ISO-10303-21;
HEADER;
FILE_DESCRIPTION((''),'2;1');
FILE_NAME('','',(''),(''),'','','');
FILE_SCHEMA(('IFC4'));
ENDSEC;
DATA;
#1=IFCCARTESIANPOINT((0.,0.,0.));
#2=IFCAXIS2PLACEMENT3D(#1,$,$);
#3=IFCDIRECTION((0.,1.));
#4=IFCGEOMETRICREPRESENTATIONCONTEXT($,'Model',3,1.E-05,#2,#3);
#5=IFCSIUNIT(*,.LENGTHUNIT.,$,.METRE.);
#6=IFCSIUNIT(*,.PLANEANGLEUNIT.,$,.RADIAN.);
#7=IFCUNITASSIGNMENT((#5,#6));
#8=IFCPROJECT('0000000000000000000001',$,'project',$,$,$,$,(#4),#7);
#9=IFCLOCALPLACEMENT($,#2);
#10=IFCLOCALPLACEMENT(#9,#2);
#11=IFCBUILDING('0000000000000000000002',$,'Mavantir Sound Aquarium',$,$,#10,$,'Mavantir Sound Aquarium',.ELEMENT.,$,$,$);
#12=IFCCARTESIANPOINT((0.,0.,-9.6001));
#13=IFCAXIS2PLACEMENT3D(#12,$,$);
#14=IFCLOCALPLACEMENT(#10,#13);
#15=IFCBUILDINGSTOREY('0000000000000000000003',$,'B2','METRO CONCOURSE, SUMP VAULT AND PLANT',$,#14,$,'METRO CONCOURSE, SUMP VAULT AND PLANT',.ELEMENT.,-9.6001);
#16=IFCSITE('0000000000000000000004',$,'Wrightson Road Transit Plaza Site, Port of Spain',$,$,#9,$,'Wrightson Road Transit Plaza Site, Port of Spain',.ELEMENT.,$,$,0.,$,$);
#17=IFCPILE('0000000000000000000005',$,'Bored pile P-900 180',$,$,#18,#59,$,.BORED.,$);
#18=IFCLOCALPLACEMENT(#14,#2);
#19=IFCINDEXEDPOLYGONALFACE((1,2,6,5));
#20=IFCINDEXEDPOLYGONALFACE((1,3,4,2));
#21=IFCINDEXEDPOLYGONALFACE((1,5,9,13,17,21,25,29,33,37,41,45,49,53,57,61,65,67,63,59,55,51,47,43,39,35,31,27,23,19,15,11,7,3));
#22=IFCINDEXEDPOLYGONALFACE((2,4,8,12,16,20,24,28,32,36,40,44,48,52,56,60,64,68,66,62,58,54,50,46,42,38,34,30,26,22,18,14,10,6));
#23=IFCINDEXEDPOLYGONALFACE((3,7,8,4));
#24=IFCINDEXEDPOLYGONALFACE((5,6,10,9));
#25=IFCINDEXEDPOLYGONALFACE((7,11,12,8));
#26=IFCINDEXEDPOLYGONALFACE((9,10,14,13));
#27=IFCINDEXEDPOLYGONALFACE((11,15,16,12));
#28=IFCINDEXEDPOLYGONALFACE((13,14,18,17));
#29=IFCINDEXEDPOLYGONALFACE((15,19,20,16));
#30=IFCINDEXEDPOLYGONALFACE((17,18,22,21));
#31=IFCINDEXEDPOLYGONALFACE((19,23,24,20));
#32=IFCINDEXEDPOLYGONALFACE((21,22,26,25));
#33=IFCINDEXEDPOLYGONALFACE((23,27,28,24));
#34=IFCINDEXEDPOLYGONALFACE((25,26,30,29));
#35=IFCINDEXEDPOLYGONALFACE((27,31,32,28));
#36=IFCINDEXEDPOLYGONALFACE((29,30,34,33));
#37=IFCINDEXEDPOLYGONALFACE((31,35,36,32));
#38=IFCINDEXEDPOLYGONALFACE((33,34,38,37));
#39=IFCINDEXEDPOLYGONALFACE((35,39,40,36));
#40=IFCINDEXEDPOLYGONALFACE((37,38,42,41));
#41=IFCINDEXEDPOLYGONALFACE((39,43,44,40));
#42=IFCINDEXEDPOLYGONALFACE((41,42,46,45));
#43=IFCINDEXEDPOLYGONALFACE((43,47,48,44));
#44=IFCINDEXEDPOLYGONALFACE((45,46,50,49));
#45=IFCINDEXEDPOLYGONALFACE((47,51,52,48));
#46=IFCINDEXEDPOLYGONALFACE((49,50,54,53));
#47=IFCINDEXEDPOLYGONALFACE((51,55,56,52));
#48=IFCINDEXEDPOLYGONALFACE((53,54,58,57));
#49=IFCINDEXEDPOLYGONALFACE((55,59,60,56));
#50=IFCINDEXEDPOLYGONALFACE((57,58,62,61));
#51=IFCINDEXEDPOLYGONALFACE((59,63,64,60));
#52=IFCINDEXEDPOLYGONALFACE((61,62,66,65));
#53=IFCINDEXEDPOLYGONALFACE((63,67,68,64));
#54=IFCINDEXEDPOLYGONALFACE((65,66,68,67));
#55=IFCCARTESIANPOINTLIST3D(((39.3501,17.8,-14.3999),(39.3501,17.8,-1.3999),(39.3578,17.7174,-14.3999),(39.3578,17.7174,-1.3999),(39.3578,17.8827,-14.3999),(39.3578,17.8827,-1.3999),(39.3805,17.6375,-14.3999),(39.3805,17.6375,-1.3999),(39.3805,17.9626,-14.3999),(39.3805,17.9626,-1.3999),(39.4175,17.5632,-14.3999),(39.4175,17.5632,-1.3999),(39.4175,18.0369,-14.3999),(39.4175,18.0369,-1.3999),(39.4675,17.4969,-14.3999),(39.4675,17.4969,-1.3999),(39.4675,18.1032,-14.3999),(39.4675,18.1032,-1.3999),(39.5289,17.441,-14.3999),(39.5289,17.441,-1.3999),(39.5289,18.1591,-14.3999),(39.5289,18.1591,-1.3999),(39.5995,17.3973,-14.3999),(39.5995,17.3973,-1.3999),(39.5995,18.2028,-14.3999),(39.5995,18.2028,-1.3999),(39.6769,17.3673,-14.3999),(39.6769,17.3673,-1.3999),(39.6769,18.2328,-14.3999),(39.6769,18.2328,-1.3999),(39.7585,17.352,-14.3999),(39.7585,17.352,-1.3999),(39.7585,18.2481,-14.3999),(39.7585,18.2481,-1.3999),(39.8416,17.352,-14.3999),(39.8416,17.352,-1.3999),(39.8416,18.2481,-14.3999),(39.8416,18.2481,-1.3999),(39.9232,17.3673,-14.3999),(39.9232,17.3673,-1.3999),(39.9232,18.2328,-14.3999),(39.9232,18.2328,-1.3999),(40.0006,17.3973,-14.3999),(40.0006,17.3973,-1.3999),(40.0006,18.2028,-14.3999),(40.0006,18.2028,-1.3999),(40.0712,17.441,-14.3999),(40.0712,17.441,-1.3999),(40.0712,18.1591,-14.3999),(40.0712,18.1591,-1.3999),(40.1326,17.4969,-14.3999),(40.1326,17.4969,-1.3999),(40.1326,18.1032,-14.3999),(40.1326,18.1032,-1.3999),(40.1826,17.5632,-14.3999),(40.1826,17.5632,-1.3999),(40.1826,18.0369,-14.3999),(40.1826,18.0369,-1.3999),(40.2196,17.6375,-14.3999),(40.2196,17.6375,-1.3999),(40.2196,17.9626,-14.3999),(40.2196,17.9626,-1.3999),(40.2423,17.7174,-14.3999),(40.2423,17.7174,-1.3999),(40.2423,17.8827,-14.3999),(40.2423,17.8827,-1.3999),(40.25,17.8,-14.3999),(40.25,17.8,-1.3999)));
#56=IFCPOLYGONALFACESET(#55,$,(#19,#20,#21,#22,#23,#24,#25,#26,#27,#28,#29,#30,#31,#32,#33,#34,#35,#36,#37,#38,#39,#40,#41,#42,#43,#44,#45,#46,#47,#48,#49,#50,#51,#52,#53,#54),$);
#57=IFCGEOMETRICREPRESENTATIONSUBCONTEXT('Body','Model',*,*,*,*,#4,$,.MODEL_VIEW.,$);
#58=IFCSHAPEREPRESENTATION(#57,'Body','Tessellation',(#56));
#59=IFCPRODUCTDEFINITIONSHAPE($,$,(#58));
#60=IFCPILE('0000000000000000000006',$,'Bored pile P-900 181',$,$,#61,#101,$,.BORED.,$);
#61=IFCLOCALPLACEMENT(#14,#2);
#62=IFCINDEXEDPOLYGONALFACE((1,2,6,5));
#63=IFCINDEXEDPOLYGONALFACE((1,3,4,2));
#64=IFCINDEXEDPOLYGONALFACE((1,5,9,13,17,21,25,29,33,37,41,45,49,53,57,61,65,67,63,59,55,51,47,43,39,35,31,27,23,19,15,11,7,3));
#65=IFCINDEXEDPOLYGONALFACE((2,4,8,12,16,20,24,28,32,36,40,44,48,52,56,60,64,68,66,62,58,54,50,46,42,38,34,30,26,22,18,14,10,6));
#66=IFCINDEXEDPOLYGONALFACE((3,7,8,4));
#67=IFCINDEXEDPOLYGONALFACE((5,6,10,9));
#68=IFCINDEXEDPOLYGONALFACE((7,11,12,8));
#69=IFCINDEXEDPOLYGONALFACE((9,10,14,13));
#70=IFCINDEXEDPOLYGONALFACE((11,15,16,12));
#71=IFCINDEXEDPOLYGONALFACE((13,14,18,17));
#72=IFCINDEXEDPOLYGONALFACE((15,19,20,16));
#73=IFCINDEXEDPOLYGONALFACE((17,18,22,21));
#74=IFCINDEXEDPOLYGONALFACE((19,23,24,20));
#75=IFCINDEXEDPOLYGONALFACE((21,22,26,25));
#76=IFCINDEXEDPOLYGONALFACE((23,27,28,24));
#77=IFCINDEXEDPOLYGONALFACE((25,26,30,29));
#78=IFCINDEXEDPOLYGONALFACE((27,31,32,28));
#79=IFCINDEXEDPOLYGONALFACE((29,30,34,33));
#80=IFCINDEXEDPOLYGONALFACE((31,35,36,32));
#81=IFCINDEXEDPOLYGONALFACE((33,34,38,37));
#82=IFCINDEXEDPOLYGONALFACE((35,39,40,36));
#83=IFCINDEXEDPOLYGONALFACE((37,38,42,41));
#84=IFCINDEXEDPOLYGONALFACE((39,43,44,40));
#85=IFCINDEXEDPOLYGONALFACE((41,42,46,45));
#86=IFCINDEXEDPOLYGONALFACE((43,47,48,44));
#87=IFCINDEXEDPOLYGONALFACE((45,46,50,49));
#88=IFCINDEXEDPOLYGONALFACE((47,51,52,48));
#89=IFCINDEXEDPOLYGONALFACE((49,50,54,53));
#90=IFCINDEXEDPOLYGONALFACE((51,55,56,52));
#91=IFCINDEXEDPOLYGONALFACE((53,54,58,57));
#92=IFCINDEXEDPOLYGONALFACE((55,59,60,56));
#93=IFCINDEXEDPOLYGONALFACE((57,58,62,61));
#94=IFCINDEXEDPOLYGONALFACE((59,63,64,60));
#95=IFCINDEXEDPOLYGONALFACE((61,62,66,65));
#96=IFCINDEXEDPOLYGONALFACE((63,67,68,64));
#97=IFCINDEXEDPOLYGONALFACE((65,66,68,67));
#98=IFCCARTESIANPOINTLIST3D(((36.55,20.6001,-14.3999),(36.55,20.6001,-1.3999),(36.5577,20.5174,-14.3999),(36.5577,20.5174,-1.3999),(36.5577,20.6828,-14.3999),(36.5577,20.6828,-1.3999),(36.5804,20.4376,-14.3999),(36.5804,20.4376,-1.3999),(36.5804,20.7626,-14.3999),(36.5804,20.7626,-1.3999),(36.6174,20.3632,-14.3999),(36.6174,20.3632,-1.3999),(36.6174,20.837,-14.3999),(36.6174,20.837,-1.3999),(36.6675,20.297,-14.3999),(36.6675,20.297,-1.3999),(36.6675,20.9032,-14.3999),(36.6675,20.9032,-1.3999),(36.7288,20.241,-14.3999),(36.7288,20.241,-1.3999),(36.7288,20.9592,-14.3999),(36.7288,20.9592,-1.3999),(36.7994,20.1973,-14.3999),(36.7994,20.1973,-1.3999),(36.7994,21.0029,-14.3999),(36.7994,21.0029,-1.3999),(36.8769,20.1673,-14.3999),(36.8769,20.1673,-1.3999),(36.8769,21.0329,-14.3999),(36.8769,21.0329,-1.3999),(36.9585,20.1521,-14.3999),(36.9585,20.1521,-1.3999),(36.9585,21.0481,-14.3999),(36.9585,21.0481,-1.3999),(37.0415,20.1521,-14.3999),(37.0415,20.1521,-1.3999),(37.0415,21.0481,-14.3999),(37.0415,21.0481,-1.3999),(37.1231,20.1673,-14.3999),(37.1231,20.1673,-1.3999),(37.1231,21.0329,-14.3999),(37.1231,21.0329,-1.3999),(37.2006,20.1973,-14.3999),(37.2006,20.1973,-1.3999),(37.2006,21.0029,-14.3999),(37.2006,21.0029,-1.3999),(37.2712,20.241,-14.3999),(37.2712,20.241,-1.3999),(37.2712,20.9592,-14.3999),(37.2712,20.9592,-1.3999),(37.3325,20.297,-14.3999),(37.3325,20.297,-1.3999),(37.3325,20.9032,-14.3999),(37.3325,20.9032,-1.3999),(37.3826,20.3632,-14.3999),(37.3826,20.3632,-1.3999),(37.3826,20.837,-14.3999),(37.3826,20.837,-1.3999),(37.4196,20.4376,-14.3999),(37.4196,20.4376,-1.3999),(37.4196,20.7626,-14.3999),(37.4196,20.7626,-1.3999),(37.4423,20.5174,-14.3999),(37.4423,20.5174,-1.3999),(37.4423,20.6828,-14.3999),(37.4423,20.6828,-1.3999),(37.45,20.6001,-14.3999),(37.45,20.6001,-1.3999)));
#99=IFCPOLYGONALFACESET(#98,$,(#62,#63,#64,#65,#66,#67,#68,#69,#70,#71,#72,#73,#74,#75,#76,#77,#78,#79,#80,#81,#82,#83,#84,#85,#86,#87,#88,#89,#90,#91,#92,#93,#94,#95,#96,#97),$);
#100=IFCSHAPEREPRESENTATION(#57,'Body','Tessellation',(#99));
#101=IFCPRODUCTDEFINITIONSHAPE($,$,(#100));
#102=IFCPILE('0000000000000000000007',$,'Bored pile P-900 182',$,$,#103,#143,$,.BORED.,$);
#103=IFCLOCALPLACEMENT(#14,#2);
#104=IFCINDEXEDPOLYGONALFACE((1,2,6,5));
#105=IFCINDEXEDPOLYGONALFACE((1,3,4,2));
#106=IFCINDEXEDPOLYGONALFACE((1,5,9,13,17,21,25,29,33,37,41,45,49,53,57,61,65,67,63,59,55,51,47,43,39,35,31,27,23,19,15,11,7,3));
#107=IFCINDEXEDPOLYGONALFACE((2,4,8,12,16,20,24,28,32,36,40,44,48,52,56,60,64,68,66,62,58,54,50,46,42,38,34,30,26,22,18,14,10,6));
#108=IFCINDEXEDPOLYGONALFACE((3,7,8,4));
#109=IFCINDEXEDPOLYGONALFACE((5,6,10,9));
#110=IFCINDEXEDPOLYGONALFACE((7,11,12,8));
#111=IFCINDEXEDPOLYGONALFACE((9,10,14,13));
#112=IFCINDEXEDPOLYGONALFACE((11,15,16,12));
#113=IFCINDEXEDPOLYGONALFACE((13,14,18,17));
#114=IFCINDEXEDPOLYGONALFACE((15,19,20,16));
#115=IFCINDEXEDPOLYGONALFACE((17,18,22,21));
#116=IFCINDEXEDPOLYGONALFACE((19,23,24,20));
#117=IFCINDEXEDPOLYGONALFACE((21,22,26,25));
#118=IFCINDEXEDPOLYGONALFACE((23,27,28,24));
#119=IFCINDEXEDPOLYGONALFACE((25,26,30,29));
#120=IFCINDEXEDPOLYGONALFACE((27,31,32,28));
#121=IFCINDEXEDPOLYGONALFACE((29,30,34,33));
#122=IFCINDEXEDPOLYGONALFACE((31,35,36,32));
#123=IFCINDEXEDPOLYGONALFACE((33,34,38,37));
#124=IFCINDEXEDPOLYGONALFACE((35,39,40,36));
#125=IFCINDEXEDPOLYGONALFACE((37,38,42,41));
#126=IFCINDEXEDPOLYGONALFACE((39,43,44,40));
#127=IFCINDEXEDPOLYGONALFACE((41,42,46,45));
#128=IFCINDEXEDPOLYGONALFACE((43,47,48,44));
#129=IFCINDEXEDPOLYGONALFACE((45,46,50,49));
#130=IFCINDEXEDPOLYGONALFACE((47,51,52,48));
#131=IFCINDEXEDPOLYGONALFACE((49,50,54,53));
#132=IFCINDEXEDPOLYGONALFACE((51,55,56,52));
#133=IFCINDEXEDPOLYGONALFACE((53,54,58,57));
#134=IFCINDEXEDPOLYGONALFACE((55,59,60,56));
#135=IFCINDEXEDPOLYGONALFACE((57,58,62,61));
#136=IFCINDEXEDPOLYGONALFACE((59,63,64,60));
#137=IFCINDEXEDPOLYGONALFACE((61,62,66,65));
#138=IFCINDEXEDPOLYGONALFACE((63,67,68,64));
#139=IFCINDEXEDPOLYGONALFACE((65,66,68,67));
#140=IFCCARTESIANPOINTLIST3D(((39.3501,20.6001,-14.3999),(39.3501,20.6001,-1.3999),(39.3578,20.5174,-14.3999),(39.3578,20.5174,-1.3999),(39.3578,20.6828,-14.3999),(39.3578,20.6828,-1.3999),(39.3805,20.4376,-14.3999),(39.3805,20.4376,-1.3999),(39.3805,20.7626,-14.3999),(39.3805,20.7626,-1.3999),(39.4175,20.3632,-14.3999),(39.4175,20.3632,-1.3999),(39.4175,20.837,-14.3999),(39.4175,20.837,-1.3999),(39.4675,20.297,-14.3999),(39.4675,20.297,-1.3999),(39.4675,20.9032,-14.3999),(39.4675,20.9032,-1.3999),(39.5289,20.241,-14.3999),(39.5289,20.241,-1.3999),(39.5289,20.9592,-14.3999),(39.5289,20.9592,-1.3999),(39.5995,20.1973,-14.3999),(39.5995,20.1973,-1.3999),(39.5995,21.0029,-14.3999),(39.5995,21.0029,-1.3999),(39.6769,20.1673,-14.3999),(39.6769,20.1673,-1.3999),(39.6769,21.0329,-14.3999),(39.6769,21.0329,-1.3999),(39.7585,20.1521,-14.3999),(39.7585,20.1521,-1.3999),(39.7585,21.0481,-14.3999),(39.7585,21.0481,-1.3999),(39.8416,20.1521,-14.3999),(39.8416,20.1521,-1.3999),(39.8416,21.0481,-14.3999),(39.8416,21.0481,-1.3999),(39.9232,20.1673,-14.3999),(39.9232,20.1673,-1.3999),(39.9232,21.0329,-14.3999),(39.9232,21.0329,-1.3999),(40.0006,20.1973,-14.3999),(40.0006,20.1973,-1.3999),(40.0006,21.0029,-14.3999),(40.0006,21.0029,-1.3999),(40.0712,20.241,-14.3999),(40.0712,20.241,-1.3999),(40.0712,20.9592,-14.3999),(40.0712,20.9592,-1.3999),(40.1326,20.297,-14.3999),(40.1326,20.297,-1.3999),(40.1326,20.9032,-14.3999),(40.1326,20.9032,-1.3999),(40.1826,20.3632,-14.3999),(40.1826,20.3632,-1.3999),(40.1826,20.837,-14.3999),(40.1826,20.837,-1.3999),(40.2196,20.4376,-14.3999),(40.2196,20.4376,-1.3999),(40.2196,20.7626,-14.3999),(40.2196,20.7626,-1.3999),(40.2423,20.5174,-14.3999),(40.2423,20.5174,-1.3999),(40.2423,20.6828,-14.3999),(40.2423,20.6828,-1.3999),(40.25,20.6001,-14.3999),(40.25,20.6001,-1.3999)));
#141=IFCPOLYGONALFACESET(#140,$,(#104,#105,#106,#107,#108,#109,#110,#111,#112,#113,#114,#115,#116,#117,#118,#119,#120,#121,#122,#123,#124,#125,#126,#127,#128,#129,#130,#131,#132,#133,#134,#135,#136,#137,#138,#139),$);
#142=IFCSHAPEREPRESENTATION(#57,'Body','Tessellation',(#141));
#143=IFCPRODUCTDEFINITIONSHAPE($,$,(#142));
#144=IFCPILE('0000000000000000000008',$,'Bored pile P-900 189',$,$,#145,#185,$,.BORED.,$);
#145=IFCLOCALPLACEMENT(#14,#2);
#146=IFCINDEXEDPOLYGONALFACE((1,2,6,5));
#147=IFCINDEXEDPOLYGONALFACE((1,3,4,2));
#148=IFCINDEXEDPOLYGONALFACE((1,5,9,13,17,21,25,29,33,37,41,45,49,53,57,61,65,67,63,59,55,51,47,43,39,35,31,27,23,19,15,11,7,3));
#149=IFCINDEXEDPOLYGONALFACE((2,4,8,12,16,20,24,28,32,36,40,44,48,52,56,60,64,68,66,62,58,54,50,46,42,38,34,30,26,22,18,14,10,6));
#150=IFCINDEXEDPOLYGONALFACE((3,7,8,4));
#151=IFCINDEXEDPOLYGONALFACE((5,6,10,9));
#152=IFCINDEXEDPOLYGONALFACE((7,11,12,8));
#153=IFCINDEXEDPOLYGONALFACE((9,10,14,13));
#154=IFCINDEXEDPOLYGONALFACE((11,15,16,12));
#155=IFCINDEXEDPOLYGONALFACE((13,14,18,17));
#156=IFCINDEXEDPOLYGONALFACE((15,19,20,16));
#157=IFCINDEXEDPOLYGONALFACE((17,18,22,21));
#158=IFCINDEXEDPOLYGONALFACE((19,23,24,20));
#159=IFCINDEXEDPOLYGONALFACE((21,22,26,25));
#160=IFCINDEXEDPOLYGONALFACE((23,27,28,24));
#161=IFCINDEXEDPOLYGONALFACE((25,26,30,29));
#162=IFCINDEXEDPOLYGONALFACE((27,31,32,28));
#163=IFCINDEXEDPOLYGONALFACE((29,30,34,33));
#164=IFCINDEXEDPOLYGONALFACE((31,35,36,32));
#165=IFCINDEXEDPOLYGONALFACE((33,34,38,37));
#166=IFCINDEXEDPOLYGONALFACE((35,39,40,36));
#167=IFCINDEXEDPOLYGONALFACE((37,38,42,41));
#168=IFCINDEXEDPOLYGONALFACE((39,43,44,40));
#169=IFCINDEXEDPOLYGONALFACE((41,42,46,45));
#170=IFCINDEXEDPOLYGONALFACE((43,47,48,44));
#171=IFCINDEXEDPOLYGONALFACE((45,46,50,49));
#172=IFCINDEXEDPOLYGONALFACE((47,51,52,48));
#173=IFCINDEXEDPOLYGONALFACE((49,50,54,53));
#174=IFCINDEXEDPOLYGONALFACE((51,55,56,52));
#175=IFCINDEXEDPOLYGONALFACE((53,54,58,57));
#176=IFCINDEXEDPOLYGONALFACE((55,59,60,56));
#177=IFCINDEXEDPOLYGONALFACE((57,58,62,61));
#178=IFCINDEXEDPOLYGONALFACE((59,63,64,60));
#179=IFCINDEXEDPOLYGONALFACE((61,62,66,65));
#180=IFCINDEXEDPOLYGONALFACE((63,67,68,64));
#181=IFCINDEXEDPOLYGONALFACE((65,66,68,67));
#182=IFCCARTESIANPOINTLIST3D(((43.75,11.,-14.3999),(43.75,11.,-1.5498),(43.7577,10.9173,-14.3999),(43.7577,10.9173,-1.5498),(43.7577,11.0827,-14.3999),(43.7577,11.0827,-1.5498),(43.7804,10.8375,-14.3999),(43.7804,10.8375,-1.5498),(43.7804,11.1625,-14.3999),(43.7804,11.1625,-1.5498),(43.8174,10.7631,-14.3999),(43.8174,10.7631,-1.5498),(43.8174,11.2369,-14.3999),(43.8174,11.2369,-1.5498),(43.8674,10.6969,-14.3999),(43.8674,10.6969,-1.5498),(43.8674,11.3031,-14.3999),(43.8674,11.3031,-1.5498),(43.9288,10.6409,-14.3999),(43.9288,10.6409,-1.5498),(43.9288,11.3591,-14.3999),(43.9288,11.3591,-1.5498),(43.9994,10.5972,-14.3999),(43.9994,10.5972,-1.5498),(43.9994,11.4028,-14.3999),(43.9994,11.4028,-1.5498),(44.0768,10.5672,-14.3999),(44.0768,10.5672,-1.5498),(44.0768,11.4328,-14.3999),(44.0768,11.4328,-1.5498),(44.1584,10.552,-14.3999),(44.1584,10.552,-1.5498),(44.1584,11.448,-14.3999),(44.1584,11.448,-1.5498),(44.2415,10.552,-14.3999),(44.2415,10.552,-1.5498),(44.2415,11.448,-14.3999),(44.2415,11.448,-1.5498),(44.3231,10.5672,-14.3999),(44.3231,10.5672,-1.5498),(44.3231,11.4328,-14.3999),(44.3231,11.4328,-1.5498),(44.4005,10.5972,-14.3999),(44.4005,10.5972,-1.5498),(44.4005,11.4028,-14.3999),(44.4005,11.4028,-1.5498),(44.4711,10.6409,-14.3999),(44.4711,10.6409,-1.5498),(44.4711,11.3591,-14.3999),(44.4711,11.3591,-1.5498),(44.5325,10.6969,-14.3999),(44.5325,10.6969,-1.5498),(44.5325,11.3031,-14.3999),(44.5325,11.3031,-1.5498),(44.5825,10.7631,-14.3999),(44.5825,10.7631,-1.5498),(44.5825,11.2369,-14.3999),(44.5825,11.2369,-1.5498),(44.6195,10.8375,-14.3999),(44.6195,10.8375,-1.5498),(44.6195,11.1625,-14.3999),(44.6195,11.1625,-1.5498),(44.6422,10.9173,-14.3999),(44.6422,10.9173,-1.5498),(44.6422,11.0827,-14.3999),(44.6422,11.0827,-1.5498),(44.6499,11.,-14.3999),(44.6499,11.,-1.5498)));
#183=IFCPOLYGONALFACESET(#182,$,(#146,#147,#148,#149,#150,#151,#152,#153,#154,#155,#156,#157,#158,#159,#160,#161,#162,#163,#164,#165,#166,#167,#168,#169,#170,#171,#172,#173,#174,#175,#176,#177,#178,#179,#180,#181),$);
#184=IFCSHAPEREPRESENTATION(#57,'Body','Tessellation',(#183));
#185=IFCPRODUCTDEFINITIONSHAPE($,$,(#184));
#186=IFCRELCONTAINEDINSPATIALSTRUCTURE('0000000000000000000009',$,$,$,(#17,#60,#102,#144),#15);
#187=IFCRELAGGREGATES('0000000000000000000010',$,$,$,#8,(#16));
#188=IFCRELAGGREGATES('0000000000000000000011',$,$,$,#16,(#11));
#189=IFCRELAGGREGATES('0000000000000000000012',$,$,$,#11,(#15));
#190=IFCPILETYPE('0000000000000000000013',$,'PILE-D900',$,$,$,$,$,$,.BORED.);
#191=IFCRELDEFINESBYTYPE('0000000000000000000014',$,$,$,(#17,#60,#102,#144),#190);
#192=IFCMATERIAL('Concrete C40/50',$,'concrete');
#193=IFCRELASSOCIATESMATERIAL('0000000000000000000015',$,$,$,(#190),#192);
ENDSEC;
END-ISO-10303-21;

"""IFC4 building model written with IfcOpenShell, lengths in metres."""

from ifc_helpers import new_model, si_unit, direction, frame, origin, origin_2d, place, context, subcontext, project, spatial, circle, extrude, material, material_profile, profile_set, type_object, element, save


model = new_model("IFC4")

# Units and contexts
model_context = context("Model", 3, precision=1e-05, world=origin(), true_north=direction((0.0, 1.0)))
body_context = subcontext(model_context, "Body", "Model", "MODEL_VIEW")
ifc_project = project(units=[si_unit("LENGTHUNIT", "METRE"), si_unit("PLANEANGLEUNIT", "RADIAN")], contexts=[model_context])

# Site, building, storey
site_placement = place(None, origin())
site = spatial("IfcSite", under=ifc_project, at=site_placement, Name="Wrightson Road Transit Plaza Site, Port of Spain", LongName="Wrightson Road Transit Plaza Site, Port of Spain", CompositionType="ELEMENT", RefElevation=0.0)
building_placement = place(site_placement, origin())
building = spatial("IfcBuilding", under=site, at=building_placement, Name="Mavantir Sound Aquarium", LongName="Mavantir Sound Aquarium", CompositionType="ELEMENT")
storey_placement = place(building_placement, frame((0.0, 0.0, -9.6001)))
storey = spatial("IfcBuildingStorey", under=building, at=storey_placement, Name="B2", Description="METRO CONCOURSE, SUMP VAULT AND PLANT", LongName="METRO CONCOURSE, SUMP VAULT AND PLANT", CompositionType="ELEMENT", Elevation=-9.6001)

# Shared definitions
ifc_material_1 = material(Name="Concrete C40/50", Category="concrete")

# Piles
ifc_material_profile_1 = material_profile(ifc_material_1, circle(Radius=0.45, at=origin_2d()), Name="PILE D900")
ifc_profile_set_1 = profile_set([ifc_material_profile_1], Name="Concrete C40/50")
pile_type = type_object("IfcPileType", Name="PILE-D900", PredefinedType="BORED", material=ifc_profile_set_1)
for number, where, z_axis, x_axis, name in (
    (1, (39.8, 17.8, -1.3999), (0.0, 0.0, -1.0), (1.0, 0.0, 0.0), "Bored pile P-900 180"),
    (2, (37.0, 20.6001, -1.3999), (0.0, 0.0, -1.0), (1.0, 0.0, 0.0), "Bored pile P-900 181"),
    (3, (39.8, 20.6001, -1.3999), (0.0, 0.0, -1.0), (1.0, 0.0, 0.0), "Bored pile P-900 182"),
):
    element("IfcPile", number, at=place(storey_placement, frame(where, z_axis=z_axis, x_axis=x_axis)), inside=storey, type_object=pile_type, Name=name, PredefinedType="BORED", context=body_context, shape_type="SweptSolid", body=[
        extrude(circle(Radius=0.45, at=origin_2d()), origin(), (0.0, 0.0, 1.0), 13.0),
    ])
pile_1_placement = place(storey_placement, frame((44.2, 11.0, -1.5498), z_axis=(0.0, 0.0, -1.0), x_axis=(1.0, 0.0, 0.0)))
element("IfcPile", 4, at=pile_1_placement, inside=storey, type_object=pile_type, Name="Bored pile P-900 189", PredefinedType="BORED", context=body_context, shape_type="SweptSolid", body=[
    extrude(circle(Radius=0.45, at=origin_2d()), origin(), (0.0, 0.0, 1.0), 12.8501),
])

save(model, "model.ifc")
